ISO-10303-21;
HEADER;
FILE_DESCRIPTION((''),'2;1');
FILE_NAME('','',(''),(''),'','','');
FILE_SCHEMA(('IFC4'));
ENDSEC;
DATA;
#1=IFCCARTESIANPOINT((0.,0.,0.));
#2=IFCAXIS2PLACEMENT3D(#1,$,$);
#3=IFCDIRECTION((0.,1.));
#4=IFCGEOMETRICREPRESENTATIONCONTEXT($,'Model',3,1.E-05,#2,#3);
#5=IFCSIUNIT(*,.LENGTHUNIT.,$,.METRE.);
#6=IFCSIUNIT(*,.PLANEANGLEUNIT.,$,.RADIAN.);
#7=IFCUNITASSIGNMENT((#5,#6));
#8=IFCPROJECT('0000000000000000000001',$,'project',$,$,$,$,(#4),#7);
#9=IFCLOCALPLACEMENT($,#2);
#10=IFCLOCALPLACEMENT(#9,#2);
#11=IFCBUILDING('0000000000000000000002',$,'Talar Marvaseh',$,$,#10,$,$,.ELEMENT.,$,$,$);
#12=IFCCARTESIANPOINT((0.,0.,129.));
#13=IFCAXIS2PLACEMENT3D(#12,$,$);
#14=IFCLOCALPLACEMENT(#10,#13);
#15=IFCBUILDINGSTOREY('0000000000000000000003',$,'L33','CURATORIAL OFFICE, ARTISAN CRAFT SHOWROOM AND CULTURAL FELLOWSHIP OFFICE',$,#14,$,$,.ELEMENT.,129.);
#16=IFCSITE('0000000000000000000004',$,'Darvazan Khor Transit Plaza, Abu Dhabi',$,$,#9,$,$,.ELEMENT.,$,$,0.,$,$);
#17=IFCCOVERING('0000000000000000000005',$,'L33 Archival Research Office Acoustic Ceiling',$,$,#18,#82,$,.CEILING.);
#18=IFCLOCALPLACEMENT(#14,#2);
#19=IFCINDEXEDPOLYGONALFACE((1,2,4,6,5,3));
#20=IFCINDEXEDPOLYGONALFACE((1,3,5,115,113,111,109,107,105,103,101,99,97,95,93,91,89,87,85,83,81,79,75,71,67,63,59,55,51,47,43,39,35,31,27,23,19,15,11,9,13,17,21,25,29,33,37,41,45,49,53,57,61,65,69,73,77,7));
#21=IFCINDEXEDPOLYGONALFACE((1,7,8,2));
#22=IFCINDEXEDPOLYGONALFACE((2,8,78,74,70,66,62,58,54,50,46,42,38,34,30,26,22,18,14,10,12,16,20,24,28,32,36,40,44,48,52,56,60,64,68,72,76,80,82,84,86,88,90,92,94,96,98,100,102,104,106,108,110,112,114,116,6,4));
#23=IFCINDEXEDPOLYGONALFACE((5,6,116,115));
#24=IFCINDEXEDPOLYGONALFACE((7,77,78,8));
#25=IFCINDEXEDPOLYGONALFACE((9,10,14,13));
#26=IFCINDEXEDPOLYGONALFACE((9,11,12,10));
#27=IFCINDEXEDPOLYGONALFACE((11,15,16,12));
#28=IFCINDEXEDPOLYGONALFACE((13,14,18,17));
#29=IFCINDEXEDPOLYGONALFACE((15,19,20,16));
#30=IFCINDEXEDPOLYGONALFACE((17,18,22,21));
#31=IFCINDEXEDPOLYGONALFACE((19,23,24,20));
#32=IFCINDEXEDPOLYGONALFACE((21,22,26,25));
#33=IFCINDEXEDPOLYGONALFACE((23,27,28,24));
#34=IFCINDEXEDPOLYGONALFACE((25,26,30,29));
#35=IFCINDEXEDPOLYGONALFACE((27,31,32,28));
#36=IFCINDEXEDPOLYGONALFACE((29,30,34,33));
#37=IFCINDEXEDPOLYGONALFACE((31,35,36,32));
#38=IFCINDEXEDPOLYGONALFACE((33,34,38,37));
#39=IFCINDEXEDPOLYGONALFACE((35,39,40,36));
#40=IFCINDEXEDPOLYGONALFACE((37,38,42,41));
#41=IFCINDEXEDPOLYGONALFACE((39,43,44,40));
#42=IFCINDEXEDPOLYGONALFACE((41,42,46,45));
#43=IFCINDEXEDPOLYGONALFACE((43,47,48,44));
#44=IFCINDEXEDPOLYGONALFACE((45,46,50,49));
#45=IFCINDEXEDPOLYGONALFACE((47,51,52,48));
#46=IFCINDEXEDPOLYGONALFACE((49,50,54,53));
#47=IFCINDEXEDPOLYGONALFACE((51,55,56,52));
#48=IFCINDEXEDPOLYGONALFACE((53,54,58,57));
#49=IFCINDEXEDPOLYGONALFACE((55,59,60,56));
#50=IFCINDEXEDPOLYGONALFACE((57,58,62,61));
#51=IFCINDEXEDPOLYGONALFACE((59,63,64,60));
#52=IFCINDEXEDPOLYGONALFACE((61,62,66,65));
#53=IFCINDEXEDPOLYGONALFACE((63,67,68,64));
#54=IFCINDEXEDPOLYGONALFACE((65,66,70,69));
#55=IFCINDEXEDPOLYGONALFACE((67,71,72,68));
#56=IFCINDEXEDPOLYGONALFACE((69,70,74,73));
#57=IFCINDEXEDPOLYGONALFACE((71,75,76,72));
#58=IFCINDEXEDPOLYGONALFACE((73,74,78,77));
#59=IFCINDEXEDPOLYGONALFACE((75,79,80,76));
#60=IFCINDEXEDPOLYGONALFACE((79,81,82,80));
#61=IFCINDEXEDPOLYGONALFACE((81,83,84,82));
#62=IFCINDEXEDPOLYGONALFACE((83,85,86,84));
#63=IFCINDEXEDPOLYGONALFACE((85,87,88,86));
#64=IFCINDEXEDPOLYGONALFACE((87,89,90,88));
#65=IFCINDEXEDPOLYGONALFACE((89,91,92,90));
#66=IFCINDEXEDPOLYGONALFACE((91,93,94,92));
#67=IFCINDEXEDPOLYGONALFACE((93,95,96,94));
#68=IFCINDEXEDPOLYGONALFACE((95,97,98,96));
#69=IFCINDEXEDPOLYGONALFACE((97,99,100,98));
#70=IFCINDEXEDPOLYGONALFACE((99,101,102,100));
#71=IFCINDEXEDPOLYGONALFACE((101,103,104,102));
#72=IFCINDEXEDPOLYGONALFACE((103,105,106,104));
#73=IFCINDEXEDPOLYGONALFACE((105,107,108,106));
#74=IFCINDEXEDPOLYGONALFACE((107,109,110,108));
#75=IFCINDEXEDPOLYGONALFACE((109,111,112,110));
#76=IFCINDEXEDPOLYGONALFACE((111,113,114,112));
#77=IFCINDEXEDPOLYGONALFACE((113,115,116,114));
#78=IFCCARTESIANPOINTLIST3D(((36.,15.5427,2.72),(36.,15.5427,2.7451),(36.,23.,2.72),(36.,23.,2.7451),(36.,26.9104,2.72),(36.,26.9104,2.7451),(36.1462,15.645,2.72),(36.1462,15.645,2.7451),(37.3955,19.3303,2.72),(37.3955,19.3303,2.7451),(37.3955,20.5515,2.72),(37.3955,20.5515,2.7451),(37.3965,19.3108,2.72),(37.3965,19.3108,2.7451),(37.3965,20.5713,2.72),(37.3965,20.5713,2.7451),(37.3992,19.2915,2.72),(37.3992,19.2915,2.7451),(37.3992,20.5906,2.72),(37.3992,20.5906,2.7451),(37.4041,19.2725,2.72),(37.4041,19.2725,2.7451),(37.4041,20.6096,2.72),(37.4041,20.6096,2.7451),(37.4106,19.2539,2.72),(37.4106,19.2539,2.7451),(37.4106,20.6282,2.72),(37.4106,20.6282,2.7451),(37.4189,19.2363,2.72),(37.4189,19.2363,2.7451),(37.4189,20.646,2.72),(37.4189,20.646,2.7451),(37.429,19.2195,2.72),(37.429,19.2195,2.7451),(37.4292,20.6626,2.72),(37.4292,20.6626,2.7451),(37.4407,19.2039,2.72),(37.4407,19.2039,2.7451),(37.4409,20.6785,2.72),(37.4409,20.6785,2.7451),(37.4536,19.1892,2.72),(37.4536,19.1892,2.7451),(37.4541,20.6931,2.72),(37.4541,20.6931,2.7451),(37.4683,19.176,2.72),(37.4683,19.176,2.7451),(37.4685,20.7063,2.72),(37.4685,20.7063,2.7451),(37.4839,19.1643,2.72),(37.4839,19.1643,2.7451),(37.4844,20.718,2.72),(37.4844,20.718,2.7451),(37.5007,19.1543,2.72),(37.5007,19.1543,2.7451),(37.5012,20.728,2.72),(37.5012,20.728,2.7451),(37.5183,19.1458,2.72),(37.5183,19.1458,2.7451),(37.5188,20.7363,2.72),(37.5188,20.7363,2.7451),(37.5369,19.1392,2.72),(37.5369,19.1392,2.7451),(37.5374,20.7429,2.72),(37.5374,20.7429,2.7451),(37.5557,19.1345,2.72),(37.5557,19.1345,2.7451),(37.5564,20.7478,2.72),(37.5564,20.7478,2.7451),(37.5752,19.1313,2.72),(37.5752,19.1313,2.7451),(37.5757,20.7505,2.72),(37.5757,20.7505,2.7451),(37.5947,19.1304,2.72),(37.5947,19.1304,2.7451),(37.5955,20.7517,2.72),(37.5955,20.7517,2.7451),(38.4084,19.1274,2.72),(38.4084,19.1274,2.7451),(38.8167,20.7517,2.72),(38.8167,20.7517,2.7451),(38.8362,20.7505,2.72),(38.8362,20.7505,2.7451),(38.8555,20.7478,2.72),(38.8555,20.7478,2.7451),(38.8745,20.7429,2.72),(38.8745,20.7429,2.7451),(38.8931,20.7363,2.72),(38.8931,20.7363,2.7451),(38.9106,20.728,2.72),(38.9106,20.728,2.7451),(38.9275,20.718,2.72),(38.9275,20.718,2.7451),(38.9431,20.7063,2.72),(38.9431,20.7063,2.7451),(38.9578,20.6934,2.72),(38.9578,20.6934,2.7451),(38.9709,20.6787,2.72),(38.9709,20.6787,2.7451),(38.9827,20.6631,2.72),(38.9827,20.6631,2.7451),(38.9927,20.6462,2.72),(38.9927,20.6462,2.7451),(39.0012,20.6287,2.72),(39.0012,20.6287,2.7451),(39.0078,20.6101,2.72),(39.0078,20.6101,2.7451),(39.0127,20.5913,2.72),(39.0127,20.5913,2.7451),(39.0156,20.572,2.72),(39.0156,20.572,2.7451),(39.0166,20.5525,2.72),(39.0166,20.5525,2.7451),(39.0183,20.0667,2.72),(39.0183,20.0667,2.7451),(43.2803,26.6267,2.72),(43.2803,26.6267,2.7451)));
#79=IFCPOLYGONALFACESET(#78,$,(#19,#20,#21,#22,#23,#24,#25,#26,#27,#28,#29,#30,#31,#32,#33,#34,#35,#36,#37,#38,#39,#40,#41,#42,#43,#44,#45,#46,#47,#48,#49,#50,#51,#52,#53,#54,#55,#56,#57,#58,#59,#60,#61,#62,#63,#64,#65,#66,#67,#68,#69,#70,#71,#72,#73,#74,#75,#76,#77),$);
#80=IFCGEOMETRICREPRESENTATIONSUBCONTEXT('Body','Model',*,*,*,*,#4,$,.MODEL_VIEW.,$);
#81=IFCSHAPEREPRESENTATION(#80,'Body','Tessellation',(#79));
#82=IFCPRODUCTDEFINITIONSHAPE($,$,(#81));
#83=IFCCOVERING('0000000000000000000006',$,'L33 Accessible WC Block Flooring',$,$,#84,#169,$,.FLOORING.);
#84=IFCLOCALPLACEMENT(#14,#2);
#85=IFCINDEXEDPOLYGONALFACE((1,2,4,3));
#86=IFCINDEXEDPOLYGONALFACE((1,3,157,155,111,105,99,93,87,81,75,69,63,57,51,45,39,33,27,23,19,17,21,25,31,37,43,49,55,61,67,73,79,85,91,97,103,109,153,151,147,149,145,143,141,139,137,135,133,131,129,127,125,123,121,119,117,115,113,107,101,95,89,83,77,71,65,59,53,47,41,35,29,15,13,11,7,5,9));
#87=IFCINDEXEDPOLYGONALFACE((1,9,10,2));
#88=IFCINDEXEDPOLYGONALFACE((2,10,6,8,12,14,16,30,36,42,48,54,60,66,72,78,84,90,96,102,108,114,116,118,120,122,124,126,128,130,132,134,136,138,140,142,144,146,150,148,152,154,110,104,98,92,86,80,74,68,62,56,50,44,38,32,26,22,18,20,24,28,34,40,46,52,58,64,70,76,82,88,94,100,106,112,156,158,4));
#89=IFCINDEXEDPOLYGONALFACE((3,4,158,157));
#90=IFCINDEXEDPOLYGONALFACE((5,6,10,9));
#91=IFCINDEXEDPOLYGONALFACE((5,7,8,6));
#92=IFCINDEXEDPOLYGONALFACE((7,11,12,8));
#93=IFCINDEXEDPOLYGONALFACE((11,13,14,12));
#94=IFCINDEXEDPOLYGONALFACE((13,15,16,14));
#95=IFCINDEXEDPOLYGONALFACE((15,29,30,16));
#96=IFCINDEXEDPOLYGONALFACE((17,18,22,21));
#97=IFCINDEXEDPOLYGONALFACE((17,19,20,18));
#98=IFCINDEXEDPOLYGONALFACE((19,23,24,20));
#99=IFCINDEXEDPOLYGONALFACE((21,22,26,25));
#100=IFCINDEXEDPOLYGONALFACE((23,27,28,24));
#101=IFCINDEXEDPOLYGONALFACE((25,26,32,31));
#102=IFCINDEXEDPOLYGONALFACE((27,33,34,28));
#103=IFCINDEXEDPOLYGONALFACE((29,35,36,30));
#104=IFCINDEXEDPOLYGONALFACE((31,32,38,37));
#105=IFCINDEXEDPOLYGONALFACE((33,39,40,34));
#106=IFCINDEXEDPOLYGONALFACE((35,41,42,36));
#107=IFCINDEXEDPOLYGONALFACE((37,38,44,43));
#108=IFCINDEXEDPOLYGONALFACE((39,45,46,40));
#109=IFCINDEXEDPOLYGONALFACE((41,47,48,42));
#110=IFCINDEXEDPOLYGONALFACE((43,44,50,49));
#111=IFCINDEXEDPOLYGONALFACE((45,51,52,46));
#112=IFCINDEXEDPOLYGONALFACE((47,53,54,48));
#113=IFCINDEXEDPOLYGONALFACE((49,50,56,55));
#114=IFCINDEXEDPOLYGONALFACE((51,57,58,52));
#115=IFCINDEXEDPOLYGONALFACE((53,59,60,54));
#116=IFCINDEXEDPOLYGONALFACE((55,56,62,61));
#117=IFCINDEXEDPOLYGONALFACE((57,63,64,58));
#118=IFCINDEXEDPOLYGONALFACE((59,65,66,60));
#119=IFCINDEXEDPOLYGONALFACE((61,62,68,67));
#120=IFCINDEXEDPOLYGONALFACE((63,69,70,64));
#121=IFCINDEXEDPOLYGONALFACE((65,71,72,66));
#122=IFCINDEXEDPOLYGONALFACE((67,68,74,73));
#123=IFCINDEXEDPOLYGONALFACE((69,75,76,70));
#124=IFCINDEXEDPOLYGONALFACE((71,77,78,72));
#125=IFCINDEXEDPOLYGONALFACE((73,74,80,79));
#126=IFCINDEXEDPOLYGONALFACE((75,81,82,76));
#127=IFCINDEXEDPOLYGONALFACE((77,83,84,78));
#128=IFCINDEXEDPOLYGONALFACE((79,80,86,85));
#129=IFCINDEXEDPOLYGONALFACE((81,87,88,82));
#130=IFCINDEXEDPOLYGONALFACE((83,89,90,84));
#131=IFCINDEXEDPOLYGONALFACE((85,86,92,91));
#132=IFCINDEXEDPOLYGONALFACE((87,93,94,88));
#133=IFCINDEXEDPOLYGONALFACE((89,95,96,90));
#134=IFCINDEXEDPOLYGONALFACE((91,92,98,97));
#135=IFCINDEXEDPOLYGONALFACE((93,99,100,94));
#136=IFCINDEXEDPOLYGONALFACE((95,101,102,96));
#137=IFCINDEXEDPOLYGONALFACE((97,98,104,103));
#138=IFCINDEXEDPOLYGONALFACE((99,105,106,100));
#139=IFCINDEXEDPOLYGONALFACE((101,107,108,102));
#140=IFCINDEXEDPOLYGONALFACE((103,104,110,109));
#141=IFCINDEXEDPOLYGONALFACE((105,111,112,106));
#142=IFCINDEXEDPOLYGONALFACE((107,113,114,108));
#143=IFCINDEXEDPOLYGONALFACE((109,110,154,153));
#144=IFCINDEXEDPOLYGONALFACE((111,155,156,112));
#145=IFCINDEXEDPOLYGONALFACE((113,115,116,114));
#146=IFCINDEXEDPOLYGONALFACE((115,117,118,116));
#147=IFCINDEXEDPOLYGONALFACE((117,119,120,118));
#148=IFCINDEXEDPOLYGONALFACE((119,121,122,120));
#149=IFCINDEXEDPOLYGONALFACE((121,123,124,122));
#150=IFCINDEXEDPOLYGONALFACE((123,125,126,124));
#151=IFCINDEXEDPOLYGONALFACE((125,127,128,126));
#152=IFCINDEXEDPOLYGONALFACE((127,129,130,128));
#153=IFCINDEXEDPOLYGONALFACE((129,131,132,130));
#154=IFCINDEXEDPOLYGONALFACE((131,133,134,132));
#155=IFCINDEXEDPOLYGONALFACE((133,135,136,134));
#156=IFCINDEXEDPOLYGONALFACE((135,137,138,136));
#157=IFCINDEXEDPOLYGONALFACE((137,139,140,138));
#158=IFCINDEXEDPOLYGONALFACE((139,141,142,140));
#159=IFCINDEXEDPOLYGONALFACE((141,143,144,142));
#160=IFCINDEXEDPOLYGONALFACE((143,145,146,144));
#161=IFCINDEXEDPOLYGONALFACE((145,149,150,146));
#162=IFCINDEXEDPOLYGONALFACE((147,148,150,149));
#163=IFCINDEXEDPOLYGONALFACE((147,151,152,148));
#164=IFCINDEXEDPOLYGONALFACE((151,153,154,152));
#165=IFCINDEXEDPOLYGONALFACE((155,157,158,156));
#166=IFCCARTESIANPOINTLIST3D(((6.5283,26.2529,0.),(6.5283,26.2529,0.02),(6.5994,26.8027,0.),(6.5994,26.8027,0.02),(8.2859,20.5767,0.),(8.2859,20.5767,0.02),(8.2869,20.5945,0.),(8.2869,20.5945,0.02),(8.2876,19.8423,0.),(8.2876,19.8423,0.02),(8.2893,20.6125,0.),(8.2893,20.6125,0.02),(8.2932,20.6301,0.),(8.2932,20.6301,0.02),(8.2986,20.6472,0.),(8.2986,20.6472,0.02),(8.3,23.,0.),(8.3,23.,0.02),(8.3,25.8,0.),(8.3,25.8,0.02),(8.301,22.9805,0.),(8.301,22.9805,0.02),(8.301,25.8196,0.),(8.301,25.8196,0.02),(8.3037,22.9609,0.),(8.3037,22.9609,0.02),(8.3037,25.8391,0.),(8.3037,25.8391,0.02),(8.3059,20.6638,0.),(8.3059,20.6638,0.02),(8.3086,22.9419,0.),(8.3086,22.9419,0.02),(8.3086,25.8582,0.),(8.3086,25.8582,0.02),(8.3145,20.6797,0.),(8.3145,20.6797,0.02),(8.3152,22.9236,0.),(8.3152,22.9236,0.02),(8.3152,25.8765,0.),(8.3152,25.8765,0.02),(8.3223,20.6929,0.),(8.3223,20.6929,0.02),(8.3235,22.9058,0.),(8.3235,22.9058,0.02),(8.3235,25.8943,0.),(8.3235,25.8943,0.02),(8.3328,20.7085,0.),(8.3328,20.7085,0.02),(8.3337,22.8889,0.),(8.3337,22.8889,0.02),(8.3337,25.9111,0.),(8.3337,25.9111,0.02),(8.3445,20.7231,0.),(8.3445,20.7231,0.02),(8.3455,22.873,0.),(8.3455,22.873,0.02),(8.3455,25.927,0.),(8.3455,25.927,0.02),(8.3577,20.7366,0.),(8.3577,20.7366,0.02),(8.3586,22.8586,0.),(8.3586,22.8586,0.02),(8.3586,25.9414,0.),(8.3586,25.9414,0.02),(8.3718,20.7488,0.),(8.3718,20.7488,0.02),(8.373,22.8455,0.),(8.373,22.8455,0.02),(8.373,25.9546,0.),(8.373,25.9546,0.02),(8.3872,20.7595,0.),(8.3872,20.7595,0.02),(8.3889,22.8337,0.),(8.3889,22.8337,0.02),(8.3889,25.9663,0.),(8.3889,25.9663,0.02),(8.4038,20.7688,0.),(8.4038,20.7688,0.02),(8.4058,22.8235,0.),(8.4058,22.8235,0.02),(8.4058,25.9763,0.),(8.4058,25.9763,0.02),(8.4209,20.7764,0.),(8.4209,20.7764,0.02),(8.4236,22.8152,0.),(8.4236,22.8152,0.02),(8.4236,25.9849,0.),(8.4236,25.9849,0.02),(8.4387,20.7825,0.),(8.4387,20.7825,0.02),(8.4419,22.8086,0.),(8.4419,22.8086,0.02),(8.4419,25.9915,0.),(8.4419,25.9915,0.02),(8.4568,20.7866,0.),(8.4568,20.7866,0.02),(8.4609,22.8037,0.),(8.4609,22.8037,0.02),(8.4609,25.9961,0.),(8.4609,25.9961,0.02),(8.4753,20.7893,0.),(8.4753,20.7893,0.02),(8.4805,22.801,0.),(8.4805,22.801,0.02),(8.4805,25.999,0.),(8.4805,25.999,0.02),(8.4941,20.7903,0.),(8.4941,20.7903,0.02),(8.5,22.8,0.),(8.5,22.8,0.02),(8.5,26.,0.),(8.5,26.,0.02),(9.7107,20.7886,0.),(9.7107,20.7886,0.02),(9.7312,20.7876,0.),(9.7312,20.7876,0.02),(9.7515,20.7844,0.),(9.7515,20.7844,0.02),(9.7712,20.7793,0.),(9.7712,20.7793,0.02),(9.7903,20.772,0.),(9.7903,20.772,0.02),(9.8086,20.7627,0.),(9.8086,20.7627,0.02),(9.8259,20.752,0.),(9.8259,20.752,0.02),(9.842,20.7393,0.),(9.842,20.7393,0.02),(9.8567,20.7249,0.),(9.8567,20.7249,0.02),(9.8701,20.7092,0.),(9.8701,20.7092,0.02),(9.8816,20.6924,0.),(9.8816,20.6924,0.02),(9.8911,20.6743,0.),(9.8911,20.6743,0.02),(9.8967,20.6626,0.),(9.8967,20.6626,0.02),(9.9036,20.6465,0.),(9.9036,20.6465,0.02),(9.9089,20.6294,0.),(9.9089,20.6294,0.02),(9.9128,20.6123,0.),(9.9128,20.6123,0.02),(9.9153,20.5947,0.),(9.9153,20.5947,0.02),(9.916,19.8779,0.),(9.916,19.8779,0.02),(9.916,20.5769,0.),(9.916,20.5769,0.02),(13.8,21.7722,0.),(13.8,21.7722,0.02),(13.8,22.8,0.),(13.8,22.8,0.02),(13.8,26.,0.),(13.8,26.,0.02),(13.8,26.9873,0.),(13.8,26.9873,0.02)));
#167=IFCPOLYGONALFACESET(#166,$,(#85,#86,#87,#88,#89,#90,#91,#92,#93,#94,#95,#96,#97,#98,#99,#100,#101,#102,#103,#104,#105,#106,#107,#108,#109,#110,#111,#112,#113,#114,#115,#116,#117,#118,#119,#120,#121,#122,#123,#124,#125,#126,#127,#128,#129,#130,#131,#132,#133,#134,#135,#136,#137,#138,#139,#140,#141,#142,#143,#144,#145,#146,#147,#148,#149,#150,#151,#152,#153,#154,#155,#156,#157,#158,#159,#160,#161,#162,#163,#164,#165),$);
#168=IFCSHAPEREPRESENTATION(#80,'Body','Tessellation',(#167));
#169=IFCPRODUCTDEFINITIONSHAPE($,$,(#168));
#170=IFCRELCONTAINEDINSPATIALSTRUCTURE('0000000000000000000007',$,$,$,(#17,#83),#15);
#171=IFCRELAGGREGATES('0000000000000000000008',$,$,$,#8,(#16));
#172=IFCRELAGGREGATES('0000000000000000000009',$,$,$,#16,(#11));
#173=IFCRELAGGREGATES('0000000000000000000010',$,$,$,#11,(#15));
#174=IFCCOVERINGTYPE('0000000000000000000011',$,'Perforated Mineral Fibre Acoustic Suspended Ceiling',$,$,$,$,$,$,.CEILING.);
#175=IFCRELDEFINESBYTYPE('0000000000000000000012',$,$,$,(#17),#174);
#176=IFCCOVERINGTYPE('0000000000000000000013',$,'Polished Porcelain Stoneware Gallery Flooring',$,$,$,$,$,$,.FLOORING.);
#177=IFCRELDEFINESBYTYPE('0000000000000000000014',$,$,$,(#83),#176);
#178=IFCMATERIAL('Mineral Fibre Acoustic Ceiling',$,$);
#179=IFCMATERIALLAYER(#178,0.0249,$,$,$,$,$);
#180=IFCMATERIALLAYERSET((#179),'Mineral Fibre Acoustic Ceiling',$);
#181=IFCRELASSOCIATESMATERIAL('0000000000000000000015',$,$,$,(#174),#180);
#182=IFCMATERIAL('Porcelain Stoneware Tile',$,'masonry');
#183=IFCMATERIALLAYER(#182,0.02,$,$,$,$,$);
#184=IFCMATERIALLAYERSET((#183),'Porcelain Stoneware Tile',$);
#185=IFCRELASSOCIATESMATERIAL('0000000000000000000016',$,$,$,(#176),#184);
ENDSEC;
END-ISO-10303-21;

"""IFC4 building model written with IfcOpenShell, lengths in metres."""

from ifc_helpers import new_model, si_unit, direction, frame, origin, place, context, subcontext, project, spatial, polyline, outline, extrude, material, layer, layer_set, type_object, element, save


model = new_model("IFC4")

# Units and contexts
model_context = context("Model", 3, precision=1e-05, world=origin(), true_north=direction((0.0, 1.0)))
body_context = subcontext(model_context, "Body", "Model", "MODEL_VIEW")
ifc_project = project(units=[si_unit("LENGTHUNIT", "METRE"), si_unit("PLANEANGLEUNIT", "RADIAN")], contexts=[model_context])

# Site, building, storey
site_placement = place(None, origin())
site = spatial("IfcSite", under=ifc_project, at=site_placement, Name="Darvazan Khor Transit Plaza, Abu Dhabi", CompositionType="ELEMENT", RefElevation=0.0)
building_placement = place(site_placement, origin())
building = spatial("IfcBuilding", under=site, at=building_placement, Name="Talar Marvaseh", CompositionType="ELEMENT")
storey_placement = place(building_placement, frame((0.0, 0.0, 129.0)))
storey = spatial("IfcBuildingStorey", under=building, at=storey_placement, Name="L33", Description="CURATORIAL OFFICE, ARTISAN CRAFT SHOWROOM AND CULTURAL FELLOWSHIP OFFICE", CompositionType="ELEMENT", Elevation=129.0)

# Coverings
ifc_material_1 = material(Name="Mineral Fibre Acoustic Ceiling")
ifc_layer_1 = layer(ifc_material_1, 0.0249)
ifc_layer_set_1 = layer_set([ifc_layer_1], Name="Mineral Fibre Acoustic Ceiling")
covering_type_1 = type_object("IfcCoveringType", Name="Perforated Mineral Fibre Acoustic Suspended Ceiling", PredefinedType="CEILING", material=ifc_layer_set_1)
covering_1_placement = place(storey_placement, frame((0.0, 0.0, 2.72)))
element("IfcCovering", 1, at=covering_1_placement, inside=storey, type_object=covering_type_1, Name="L33 Archival Research Office Acoustic Ceiling", PredefinedType="CEILING", context=body_context, shape_type="SweptSolid", body=[
    extrude(outline(polyline([(39.0127, 20.5913), (39.0078, 20.6101), (39.0012, 20.6287), (38.9927, 20.6462), (38.9827, 20.6631), (38.9709, 20.6787), (38.9578, 20.6934), (38.9431, 20.7063), (38.9275, 20.718), (38.9106, 20.728), (38.8931, 20.7363), (38.8745, 20.7429), (38.8555, 20.7478), (38.8362, 20.7505), (38.8167, 20.7517), (37.5955, 20.7517), (37.5757, 20.7505), (37.5564, 20.7478), (37.5374, 20.7429), (37.5188, 20.7363), (37.5012, 20.728), (37.4844, 20.718), (37.4685, 20.7063), (37.4541, 20.6931), (37.4409, 20.6785), (37.4292, 20.6626), (37.4189, 20.646), (37.4106, 20.6282), (37.4041, 20.6096), (37.3992, 20.5906), (37.3965, 20.5713), (37.3955, 20.5515), (37.3955, 19.3303), (37.3965, 19.3108), (37.3992, 19.2915), (37.4041, 19.2725), (37.4106, 19.2539), (37.4189, 19.2363), (37.429, 19.2195), (37.4407, 19.2039), (37.4536, 19.1892), (37.4683, 19.176), (37.4839, 19.1643), (37.5007, 19.1543), (37.5183, 19.1458), (37.5369, 19.1392), (37.5557, 19.1345), (37.5752, 19.1313), (37.5947, 19.1304), (38.4084, 19.1274), (36.1462, 15.645), (36.0, 15.5427), (36.0, 23.0), (36.0, 26.9104), (43.2803, 26.6267), (39.0183, 20.0667), (39.0166, 20.5525), (39.0156, 20.572), (39.0127, 20.5913)])), origin(), (0.0, 0.0, 1.0), 0.0251),
])
ifc_material_2 = material(Name="Porcelain Stoneware Tile", Category="masonry")
ifc_layer_2 = layer(ifc_material_2, 0.02)
ifc_layer_set_2 = layer_set([ifc_layer_2], Name="Porcelain Stoneware Tile")
covering_type_2 = type_object("IfcCoveringType", Name="Polished Porcelain Stoneware Gallery Flooring", PredefinedType="FLOORING", material=ifc_layer_set_2)
covering_2_placement = place(storey_placement, origin())
element("IfcCovering", 2, at=covering_2_placement, inside=storey, type_object=covering_type_2, Name="L33 Accessible WC Block Flooring", PredefinedType="FLOORING", context=body_context, shape_type="SweptSolid", body=[
    extrude(outline(polyline([(13.8, 26.0), (8.5, 26.0), (8.4805, 25.999), (8.4609, 25.9961), (8.4419, 25.9915), (8.4236, 25.9849), (8.4058, 25.9763), (8.3889, 25.9663), (8.373, 25.9546), (8.3586, 25.9414), (8.3455, 25.927), (8.3337, 25.9111), (8.3235, 25.8943), (8.3152, 25.8765), (8.3086, 25.8582), (8.3037, 25.8391), (8.301, 25.8196), (8.3, 25.8), (8.3, 23.0), (8.301, 22.9805), (8.3037, 22.9609), (8.3086, 22.9419), (8.3152, 22.9236), (8.3235, 22.9058), (8.3337, 22.8889), (8.3455, 22.873), (8.3586, 22.8586), (8.373, 22.8455), (8.3889, 22.8337), (8.4058, 22.8235), (8.4236, 22.8152), (8.4419, 22.8086), (8.4609, 22.8037), (8.4805, 22.801), (8.5, 22.8), (13.8, 22.8), (13.8, 21.7722), (9.916, 19.8779), (9.916, 20.5769), (9.9153, 20.5947), (9.9128, 20.6123), (9.9089, 20.6294), (9.9036, 20.6465), (9.8967, 20.6626), (9.8911, 20.6743), (9.8816, 20.6924), (9.8701, 20.7092), (9.8567, 20.7249), (9.842, 20.7393), (9.8259, 20.752), (9.8086, 20.7627), (9.7903, 20.772), (9.7712, 20.7793), (9.7515, 20.7844), (9.7312, 20.7876), (9.7107, 20.7886), (8.4941, 20.7903), (8.4753, 20.7893), (8.4568, 20.7866), (8.4387, 20.7825), (8.4209, 20.7764), (8.4038, 20.7688), (8.3872, 20.7595), (8.3718, 20.7488), (8.3577, 20.7366), (8.3445, 20.7231), (8.3328, 20.7085), (8.3223, 20.6929), (8.3145, 20.6797), (8.3059, 20.6638), (8.2986, 20.6472), (8.2932, 20.6301), (8.2893, 20.6125), (8.2869, 20.5945), (8.2859, 20.5767), (8.2876, 19.8423), (6.5283, 26.2529), (6.5994, 26.8027), (13.8, 26.9873), (13.8, 26.0)])), origin(), (0.0, 0.0, 1.0), 0.02),
])

save(model, "model.ifc")
